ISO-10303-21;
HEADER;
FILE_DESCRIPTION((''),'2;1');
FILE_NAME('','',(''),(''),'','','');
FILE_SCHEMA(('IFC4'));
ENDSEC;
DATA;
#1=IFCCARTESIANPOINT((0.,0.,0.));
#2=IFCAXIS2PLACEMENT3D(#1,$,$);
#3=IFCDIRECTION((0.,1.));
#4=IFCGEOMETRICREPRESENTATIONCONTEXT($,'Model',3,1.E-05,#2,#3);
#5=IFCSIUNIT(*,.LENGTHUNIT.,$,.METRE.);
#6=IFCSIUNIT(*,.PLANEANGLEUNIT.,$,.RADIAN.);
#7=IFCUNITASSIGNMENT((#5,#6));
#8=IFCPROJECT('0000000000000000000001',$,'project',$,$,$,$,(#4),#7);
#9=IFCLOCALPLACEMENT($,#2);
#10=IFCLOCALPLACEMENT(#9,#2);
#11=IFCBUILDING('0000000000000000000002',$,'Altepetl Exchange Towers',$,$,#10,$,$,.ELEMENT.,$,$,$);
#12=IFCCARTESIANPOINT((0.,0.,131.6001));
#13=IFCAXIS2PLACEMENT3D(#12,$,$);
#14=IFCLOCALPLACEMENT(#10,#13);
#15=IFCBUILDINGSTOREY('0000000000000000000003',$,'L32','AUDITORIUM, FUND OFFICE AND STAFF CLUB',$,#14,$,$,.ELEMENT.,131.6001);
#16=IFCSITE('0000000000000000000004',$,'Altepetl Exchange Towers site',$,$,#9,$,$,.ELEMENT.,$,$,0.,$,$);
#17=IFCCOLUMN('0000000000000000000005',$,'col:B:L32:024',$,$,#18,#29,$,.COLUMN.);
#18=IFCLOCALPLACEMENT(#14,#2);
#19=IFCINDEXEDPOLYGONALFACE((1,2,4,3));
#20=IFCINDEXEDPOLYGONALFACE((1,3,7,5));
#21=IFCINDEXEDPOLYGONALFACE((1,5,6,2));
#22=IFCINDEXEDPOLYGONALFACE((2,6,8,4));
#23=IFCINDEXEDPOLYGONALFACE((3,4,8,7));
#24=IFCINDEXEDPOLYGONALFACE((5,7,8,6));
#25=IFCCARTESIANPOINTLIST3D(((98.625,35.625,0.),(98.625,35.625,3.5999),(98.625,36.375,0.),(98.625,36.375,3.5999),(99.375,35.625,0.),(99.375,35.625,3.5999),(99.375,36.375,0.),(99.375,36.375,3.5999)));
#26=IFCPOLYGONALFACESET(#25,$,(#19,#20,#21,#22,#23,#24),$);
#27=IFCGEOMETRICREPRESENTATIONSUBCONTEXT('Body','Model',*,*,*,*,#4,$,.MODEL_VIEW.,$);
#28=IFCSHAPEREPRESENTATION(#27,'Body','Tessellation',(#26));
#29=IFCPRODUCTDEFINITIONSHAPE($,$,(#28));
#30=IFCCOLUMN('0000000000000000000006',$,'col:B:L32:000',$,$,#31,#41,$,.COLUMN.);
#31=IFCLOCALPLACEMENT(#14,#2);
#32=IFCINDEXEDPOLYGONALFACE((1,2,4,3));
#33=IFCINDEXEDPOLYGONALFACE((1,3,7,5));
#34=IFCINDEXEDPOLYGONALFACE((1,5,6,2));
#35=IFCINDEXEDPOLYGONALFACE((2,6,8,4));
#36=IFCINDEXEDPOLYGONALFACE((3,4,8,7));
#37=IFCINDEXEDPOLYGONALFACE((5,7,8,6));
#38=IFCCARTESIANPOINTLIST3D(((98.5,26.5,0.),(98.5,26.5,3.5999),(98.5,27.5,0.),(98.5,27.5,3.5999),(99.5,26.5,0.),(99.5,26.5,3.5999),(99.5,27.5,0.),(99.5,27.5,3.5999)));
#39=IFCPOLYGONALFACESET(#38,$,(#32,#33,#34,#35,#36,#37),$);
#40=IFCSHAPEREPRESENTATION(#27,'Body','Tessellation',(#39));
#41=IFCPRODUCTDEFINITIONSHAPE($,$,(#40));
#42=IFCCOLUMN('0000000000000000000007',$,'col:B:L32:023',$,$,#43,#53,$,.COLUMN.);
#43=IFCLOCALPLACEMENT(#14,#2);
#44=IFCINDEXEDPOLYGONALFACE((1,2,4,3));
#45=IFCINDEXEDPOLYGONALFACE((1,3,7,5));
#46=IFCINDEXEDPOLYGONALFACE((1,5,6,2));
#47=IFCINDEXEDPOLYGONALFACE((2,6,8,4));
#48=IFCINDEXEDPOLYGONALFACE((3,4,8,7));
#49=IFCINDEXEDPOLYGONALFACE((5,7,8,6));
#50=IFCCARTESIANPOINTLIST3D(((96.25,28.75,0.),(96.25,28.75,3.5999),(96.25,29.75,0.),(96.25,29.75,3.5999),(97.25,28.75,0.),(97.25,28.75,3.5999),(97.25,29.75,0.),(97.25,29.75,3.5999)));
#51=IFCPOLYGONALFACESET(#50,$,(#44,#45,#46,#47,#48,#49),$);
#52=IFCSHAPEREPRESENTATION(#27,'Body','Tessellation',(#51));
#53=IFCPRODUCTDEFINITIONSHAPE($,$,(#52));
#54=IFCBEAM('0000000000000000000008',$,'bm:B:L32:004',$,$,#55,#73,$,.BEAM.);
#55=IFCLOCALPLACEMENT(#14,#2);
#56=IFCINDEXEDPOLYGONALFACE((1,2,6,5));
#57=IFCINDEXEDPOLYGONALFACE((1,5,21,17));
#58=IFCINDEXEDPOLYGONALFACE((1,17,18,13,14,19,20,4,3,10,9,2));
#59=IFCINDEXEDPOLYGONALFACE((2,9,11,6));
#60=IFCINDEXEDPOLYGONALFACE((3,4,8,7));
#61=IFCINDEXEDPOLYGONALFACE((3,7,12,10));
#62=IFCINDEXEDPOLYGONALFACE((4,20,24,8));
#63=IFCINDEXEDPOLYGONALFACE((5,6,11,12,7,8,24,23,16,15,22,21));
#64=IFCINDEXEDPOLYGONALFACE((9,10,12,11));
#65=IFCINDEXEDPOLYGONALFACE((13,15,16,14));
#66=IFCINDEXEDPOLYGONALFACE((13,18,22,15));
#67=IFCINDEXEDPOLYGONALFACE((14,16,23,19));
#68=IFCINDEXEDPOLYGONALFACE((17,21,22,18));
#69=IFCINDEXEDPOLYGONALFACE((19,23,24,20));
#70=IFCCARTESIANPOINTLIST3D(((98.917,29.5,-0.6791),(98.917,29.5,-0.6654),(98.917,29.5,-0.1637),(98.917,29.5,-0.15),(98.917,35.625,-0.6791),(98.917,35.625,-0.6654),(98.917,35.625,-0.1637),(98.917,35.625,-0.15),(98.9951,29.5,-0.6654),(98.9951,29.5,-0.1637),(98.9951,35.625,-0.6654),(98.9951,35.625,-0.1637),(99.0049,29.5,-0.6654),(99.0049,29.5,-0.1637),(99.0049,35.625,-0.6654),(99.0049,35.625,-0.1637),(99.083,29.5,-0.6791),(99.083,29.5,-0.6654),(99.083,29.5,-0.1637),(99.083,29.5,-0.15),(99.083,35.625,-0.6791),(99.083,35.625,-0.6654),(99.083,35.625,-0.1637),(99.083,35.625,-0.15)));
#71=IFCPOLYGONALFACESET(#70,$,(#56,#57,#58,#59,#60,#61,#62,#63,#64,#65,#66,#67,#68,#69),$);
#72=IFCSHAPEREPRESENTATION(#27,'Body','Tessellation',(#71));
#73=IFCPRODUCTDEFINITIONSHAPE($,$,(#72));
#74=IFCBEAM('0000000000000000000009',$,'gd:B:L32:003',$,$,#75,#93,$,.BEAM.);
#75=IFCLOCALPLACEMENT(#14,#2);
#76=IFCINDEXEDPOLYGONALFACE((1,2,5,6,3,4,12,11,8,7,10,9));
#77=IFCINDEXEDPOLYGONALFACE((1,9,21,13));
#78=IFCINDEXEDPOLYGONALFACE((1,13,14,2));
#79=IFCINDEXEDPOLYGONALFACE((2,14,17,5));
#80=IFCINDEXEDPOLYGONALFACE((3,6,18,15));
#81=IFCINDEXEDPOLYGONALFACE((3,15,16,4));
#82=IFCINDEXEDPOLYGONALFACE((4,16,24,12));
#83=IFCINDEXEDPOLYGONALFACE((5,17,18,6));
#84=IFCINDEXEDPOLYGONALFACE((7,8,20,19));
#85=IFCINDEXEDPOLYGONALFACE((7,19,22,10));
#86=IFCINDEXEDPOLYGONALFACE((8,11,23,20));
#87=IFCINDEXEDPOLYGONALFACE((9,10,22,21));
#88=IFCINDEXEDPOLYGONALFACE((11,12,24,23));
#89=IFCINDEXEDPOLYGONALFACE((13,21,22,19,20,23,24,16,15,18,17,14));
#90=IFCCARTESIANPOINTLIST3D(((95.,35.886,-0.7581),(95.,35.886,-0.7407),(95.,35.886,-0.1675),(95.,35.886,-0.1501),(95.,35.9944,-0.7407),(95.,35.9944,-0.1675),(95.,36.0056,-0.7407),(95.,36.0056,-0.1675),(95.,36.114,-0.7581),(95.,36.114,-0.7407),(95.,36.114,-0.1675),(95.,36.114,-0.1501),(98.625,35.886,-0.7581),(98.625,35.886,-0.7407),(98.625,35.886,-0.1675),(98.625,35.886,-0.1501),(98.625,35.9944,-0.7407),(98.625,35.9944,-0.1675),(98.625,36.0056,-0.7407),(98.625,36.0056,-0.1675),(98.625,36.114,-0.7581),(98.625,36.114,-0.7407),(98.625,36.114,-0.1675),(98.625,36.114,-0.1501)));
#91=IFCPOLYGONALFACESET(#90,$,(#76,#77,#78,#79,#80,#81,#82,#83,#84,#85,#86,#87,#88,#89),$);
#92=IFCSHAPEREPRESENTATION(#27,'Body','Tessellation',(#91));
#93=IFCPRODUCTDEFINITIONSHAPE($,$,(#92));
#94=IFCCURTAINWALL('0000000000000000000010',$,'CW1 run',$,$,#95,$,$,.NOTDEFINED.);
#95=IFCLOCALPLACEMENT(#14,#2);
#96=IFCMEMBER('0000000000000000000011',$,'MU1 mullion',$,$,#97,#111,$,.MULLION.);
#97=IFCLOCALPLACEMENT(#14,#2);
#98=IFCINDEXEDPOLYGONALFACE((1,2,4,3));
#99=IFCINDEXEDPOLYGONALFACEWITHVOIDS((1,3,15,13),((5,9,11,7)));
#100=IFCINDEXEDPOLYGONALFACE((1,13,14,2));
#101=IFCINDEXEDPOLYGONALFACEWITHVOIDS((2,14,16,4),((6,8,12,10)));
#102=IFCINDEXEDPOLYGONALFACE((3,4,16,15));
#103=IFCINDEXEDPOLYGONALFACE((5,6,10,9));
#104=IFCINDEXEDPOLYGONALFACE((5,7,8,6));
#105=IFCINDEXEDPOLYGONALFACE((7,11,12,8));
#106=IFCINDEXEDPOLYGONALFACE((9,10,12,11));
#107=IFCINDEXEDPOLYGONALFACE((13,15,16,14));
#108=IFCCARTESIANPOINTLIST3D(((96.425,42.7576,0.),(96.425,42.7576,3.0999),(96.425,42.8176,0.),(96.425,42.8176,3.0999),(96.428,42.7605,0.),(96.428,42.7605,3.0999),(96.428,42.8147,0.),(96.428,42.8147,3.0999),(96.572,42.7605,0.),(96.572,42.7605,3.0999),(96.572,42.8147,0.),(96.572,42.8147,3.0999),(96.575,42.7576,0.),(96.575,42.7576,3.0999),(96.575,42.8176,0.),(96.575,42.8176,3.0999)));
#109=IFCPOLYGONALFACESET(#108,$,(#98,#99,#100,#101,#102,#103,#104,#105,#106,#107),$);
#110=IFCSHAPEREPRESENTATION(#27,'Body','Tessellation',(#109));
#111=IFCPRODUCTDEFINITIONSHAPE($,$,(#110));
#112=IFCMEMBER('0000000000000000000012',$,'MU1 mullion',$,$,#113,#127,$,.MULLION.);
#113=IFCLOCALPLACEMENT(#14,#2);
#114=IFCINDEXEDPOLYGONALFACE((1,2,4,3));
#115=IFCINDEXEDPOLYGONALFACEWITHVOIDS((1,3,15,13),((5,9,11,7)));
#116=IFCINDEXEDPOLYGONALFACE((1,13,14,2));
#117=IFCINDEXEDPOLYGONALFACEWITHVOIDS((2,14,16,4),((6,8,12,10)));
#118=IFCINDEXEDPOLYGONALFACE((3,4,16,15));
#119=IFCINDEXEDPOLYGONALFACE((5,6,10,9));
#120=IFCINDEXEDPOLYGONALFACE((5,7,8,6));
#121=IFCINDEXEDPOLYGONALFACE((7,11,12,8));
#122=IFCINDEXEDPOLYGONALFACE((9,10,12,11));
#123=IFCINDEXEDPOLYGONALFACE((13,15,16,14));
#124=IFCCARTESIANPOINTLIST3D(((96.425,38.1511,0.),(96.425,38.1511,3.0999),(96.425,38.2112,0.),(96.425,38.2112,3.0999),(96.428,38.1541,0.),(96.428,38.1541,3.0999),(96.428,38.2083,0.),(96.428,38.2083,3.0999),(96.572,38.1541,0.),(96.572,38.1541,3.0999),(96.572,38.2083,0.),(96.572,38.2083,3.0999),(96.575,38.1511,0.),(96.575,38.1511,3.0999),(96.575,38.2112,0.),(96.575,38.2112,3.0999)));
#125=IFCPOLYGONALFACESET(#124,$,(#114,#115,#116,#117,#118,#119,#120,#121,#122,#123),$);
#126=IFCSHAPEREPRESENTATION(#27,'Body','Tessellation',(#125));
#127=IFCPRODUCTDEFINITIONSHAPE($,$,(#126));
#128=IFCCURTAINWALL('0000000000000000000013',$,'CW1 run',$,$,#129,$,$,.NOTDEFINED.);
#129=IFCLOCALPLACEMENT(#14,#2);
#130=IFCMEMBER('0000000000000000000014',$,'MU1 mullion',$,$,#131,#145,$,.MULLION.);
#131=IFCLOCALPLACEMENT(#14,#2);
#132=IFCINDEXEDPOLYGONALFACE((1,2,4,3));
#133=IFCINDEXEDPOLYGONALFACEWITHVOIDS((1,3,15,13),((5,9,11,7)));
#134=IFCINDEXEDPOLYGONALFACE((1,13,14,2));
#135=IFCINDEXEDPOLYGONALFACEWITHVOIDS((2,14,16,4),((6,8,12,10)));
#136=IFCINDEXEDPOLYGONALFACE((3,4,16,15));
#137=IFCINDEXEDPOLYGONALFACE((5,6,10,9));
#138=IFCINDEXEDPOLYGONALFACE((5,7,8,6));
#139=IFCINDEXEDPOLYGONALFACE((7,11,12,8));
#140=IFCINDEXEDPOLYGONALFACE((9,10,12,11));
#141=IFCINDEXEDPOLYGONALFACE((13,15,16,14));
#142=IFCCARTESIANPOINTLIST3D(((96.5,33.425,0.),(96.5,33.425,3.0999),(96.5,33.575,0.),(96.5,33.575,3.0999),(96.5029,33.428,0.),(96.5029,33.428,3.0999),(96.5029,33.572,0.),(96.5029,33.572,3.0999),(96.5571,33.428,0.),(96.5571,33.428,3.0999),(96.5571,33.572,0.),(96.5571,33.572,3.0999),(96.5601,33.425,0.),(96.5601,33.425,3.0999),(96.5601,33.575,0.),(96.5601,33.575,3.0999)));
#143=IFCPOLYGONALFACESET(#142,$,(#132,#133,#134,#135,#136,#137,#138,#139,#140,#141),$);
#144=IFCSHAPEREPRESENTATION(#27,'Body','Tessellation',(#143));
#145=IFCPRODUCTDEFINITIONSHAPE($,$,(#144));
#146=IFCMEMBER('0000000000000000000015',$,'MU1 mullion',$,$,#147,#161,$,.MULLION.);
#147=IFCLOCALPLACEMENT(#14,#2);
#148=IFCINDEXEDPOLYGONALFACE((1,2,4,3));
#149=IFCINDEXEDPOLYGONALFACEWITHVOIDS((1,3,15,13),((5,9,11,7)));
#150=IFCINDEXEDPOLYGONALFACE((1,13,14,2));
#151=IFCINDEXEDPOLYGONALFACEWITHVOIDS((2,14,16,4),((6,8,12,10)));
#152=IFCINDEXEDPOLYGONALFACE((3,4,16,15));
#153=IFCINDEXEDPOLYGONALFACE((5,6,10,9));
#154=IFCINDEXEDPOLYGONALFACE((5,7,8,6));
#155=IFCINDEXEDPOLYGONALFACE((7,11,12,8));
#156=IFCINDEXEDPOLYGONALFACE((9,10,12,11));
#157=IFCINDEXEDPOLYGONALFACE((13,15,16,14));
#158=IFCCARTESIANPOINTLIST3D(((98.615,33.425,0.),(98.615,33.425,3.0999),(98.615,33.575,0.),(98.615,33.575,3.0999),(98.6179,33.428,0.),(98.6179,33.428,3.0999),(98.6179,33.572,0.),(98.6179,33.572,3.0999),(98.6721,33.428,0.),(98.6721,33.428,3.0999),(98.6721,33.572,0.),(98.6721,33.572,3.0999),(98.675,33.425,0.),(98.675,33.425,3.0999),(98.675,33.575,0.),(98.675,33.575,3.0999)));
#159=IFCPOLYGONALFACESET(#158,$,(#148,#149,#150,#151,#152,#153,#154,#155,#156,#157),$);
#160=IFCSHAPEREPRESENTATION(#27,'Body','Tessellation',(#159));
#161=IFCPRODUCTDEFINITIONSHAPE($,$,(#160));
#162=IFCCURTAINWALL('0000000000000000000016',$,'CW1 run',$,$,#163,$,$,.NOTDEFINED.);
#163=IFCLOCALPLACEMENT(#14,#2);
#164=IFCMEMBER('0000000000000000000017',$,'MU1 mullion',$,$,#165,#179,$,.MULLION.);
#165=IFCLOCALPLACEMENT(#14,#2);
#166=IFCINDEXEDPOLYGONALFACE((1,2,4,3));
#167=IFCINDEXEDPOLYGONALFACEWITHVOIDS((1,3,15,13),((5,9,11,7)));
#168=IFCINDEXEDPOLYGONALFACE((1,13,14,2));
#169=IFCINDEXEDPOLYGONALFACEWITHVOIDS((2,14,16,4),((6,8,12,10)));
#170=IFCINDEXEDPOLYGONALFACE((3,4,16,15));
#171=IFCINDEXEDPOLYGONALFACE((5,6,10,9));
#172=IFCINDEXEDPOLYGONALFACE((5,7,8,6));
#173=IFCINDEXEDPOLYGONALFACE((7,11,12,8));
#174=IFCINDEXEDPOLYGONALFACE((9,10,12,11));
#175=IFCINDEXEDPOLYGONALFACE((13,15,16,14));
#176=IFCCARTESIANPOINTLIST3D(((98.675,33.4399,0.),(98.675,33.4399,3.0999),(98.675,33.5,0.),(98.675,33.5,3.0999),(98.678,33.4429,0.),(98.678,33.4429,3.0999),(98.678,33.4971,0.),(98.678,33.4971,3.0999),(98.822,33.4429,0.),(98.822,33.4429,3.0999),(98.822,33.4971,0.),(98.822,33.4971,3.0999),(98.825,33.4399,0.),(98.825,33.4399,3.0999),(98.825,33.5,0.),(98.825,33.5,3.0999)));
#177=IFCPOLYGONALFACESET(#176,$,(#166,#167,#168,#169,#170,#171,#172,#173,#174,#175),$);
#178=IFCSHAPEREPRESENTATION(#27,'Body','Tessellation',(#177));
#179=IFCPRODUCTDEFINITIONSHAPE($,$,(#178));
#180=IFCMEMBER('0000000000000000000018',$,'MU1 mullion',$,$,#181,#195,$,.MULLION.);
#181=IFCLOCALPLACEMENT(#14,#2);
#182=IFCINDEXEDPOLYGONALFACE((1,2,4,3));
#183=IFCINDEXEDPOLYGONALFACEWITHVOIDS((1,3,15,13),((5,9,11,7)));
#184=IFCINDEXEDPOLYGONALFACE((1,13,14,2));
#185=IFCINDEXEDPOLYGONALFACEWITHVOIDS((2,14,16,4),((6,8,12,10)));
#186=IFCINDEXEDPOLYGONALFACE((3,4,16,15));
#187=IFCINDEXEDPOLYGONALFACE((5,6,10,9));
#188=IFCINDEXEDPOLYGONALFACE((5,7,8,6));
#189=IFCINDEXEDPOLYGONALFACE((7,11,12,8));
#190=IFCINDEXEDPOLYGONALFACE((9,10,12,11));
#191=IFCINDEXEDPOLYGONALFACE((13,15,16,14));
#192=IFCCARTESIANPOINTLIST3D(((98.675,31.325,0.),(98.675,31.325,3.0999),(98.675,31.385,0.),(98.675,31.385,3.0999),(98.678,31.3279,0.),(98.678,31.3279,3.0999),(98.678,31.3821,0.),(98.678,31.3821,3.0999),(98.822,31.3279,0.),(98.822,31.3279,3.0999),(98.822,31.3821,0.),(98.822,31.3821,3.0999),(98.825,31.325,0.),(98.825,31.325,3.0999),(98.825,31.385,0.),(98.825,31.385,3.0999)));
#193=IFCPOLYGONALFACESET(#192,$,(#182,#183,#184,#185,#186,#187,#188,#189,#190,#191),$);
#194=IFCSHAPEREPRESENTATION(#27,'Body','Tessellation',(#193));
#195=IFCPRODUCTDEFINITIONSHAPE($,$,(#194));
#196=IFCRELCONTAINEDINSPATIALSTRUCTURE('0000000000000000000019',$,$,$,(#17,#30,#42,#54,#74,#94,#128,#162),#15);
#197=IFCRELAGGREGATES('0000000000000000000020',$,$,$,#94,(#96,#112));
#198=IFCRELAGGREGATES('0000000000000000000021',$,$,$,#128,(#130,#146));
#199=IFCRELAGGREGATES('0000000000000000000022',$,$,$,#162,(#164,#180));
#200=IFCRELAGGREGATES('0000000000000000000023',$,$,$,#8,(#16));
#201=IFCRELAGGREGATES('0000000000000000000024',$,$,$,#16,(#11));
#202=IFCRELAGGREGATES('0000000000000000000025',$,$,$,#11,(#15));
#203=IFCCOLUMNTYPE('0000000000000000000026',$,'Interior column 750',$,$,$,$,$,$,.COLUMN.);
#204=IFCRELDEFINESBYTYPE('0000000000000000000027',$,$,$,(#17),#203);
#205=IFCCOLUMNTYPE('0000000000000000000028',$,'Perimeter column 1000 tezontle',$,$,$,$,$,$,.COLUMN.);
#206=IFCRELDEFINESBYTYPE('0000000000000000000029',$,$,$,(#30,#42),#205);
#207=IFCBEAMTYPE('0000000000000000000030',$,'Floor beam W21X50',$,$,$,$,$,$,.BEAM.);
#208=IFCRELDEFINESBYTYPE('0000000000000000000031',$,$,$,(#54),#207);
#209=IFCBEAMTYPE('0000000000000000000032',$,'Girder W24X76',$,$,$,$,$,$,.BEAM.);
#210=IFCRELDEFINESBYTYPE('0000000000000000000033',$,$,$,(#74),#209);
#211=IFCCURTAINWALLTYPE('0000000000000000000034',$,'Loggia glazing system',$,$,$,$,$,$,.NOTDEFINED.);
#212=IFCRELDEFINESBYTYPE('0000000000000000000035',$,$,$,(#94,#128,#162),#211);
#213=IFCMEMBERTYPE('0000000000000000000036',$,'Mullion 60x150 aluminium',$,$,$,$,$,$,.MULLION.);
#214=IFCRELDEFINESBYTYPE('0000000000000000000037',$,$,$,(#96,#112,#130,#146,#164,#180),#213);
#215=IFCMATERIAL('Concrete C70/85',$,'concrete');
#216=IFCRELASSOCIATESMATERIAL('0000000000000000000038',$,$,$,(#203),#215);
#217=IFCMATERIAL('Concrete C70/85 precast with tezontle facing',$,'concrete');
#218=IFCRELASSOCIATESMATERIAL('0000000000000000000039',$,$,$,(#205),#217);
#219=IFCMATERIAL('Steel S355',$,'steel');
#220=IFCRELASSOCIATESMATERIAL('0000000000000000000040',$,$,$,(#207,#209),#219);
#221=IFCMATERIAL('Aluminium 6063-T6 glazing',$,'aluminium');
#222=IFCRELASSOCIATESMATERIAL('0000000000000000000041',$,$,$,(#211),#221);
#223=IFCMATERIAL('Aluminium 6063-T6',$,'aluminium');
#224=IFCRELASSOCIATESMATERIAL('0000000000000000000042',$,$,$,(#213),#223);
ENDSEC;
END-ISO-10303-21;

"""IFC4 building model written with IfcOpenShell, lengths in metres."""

from ifc_helpers import new_model, si_unit, direction, frame, origin, origin_2d, place, context, subcontext, project, spatial, rectangle, hollow_rectangle, i_section, extrude, material, material_profile, profile_set, type_object, element, aggregate, save


model = new_model("IFC4")

# Units and contexts
model_context = context("Model", 3, precision=1e-05, world=origin(), true_north=direction((0.0, 1.0)))
body_context = subcontext(model_context, "Body", "Model", "MODEL_VIEW")
ifc_project = project(units=[si_unit("LENGTHUNIT", "METRE"), si_unit("PLANEANGLEUNIT", "RADIAN")], contexts=[model_context])

# Site, building, storey
site_placement = place(None, origin())
site = spatial("IfcSite", under=ifc_project, at=site_placement, Name="Altepetl Exchange Towers site", CompositionType="ELEMENT", RefElevation=0.0)
building_placement = place(site_placement, origin())
building = spatial("IfcBuilding", under=site, at=building_placement, Name="Altepetl Exchange Towers", CompositionType="ELEMENT")
storey_placement = place(building_placement, frame((0.0, 0.0, 131.6001)))
storey = spatial("IfcBuildingStorey", under=building, at=storey_placement, Name="L32", Description="AUDITORIUM, FUND OFFICE AND STAFF CLUB", CompositionType="ELEMENT", Elevation=131.6001)

# Columns
ifc_material_1 = material(Name="Concrete C70/85", Category="concrete")
ifc_material_profile_1 = material_profile(ifc_material_1, rectangle(XDim=0.75, YDim=0.75, at=origin_2d()), Name="750 x 750")
ifc_profile_set_1 = profile_set([ifc_material_profile_1], Name="Concrete C70/85")
column_type_1 = type_object("IfcColumnType", Name="Interior column 750", PredefinedType="COLUMN", material=ifc_profile_set_1)
column_placement = place(storey_placement, frame((99.0, 36.0, 0.0)))
element("IfcColumn", 1, at=column_placement, inside=storey, type_object=column_type_1, Name="col:B:L32:024", PredefinedType="COLUMN", context=body_context, shape_type="SweptSolid", body=[
    extrude(rectangle(XDim=0.75, YDim=0.75, at=origin_2d()), origin(), (0.0, 0.0, 1.0), 3.5999),
])
ifc_material_2 = material(Name="Concrete C70/85 precast with tezontle facing", Category="concrete")
ifc_material_profile_2 = material_profile(ifc_material_2, rectangle(XDim=1.0, YDim=1.0, at=origin_2d()), Name="1000 x 1000")
ifc_profile_set_2 = profile_set([ifc_material_profile_2], Name="Concrete C70/85 precast with tezontle facing")
column_type_2 = type_object("IfcColumnType", Name="Perimeter column 1000 tezontle", PredefinedType="COLUMN", material=ifc_profile_set_2)
for number, where, name in (
    (2, (99.0, 27.0, 0.0), "col:B:L32:000"),
    (3, (96.75, 29.25, 0.0), "col:B:L32:023"),
):
    element("IfcColumn", number, at=place(storey_placement, frame(where)), inside=storey, type_object=column_type_2, Name=name, PredefinedType="COLUMN", context=body_context, shape_type="SweptSolid", body=[
        extrude(rectangle(XDim=1.0, YDim=1.0, at=origin_2d()), origin(), (0.0, 0.0, 1.0), 3.5999),
    ])

# Beams
ifc_material_3 = material(Name="Steel S355", Category="steel")
ifc_material_profile_3 = material_profile(ifc_material_3, i_section(OverallWidth=0.166, OverallDepth=0.5291, WebThickness=0.0098, FlangeThickness=0.0137, at=origin_2d()), Name="W21X50")
ifc_profile_set_3 = profile_set([ifc_material_profile_3], Name="Steel S355")
beam_type_1 = type_object("IfcBeamType", Name="Floor beam W21X50", PredefinedType="BEAM", material=ifc_profile_set_3)
beam_1_placement = place(storey_placement, frame((99.0, 29.5, -0.4146), z_axis=(0.0, 1.0, 0.0), x_axis=(-1.0, 0.0, 0.0)))
element("IfcBeam", 4, at=beam_1_placement, inside=storey, type_object=beam_type_1, Name="bm:B:L32:004", PredefinedType="BEAM", context=body_context, shape_type="SweptSolid", body=[
    extrude(i_section(OverallWidth=0.166, OverallDepth=0.5291, WebThickness=0.0098, FlangeThickness=0.0137, at=origin_2d()), origin(), (0.0, 0.0, 1.0), 6.125),
])
ifc_material_profile_4 = material_profile(ifc_material_3, i_section(OverallWidth=0.228, OverallDepth=0.6079, WebThickness=0.0112, FlangeThickness=0.0173, at=origin_2d()), Name="W24X76")
ifc_profile_set_4 = profile_set([ifc_material_profile_4], Name="Steel S355")
beam_type_2 = type_object("IfcBeamType", Name="Girder W24X76", PredefinedType="BEAM", material=ifc_profile_set_4)
beam_2_placement = place(storey_placement, frame((98.625, 36.0, -0.4541), z_axis=(-1.0, 0.0, 0.0), x_axis=(0.0, -1.0, 0.0)))
element("IfcBeam", 5, at=beam_2_placement, inside=storey, type_object=beam_type_2, Name="gd:B:L32:003", PredefinedType="BEAM", context=body_context, shape_type="SweptSolid", body=[
    extrude(i_section(OverallWidth=0.228, OverallDepth=0.6079, WebThickness=0.0112, FlangeThickness=0.0173, at=origin_2d()), origin(), (0.0, 0.0, 1.0), 3.625),
])

# Curtain walls, members
ifc_material_4 = material(Name="Aluminium 6063-T6 glazing", Category="aluminium")
curtain_wall_type = type_object("IfcCurtainWallType", Name="Loggia glazing system", PredefinedType="NOTDEFINED", material=ifc_material_4)
curtain_wall_1_placement = place(storey_placement, origin())
curtain_wall_1 = element("IfcCurtainWall", 6, at=curtain_wall_1_placement, inside=storey, type_object=curtain_wall_type, Name="CW1 run", PredefinedType="NOTDEFINED")
ifc_material_5 = material(Name="Aluminium 6063-T6", Category="aluminium")
ifc_material_profile_5 = material_profile(ifc_material_5, hollow_rectangle(XDim=0.0601, YDim=0.1499, WallThickness=0.0029, at=origin_2d()), Name="Mullion 60x150 aluminium")
ifc_profile_set_5 = profile_set([ifc_material_profile_5], Name="Aluminium 6063-T6")
member_type = type_object("IfcMemberType", Name="Mullion 60x150 aluminium", PredefinedType="MULLION", material=ifc_profile_set_5)
member_1_placement = place(storey_placement, frame((96.5, 42.7876, 0.0), z_axis=(0.0, 0.0, 1.0), x_axis=(0.0, -1.0, 0.0)))
member_1 = element("IfcMember", 7, at=member_1_placement, type_object=member_type, Name="MU1 mullion", PredefinedType="MULLION", context=body_context, shape_type="SweptSolid", body=[
    extrude(hollow_rectangle(XDim=0.0601, YDim=0.1499, WallThickness=0.0029, at=origin_2d()), origin(), (0.0, 0.0, 1.0), 3.0999),
])
member_2_placement = place(storey_placement, frame((96.5, 38.1812, 0.0), z_axis=(0.0, 0.0, 1.0), x_axis=(0.0, -1.0, 0.0)))
member_2 = element("IfcMember", 8, at=member_2_placement, type_object=member_type, Name="MU1 mullion", PredefinedType="MULLION", context=body_context, shape_type="SweptSolid", body=[
    extrude(hollow_rectangle(XDim=0.0601, YDim=0.1499, WallThickness=0.0029, at=origin_2d()), origin(), (0.0, 0.0, 1.0), 3.0999),
])
curtain_wall_2_placement = place(storey_placement, origin())
curtain_wall_2 = element("IfcCurtainWall", 9, at=curtain_wall_2_placement, inside=storey, type_object=curtain_wall_type, Name="CW1 run", PredefinedType="NOTDEFINED")
member_3_placement = place(storey_placement, frame((96.53, 33.5, 0.0)))
member_3 = element("IfcMember", 10, at=member_3_placement, type_object=member_type, Name="MU1 mullion", PredefinedType="MULLION", context=body_context, shape_type="SweptSolid", body=[
    extrude(hollow_rectangle(XDim=0.0601, YDim=0.1499, WallThickness=0.0029, at=origin_2d()), origin(), (0.0, 0.0, 1.0), 3.0999),
])
member_4_placement = place(storey_placement, frame((98.645, 33.5, 0.0)))
member_4 = element("IfcMember", 11, at=member_4_placement, type_object=member_type, Name="MU1 mullion", PredefinedType="MULLION", context=body_context, shape_type="SweptSolid", body=[
    extrude(hollow_rectangle(XDim=0.0601, YDim=0.1499, WallThickness=0.0029, at=origin_2d()), origin(), (0.0, 0.0, 1.0), 3.0999),
])
curtain_wall_3_placement = place(storey_placement, origin())
curtain_wall_3 = element("IfcCurtainWall", 12, at=curtain_wall_3_placement, inside=storey, type_object=curtain_wall_type, Name="CW1 run", PredefinedType="NOTDEFINED")
member_5_placement = place(storey_placement, frame((98.75, 33.47, 0.0), z_axis=(0.0, 0.0, 1.0), x_axis=(0.0, -1.0, 0.0)))
member_5 = element("IfcMember", 13, at=member_5_placement, type_object=member_type, Name="MU1 mullion", PredefinedType="MULLION", context=body_context, shape_type="SweptSolid", body=[
    extrude(hollow_rectangle(XDim=0.0601, YDim=0.1499, WallThickness=0.0029, at=origin_2d()), origin(), (0.0, 0.0, 1.0), 3.0999),
])
member_6_placement = place(storey_placement, frame((98.75, 31.355, 0.0), z_axis=(0.0, 0.0, 1.0), x_axis=(0.0, -1.0, 0.0)))
member_6 = element("IfcMember", 14, at=member_6_placement, type_object=member_type, Name="MU1 mullion", PredefinedType="MULLION", context=body_context, shape_type="SweptSolid", body=[
    extrude(hollow_rectangle(XDim=0.0601, YDim=0.1499, WallThickness=0.0029, at=origin_2d()), origin(), (0.0, 0.0, 1.0), 3.0999),
])

aggregate(curtain_wall_1, [member_1, member_2])
aggregate(curtain_wall_2, [member_3, member_4])
aggregate(curtain_wall_3, [member_5, member_6])

save(model, "model.ifc")
